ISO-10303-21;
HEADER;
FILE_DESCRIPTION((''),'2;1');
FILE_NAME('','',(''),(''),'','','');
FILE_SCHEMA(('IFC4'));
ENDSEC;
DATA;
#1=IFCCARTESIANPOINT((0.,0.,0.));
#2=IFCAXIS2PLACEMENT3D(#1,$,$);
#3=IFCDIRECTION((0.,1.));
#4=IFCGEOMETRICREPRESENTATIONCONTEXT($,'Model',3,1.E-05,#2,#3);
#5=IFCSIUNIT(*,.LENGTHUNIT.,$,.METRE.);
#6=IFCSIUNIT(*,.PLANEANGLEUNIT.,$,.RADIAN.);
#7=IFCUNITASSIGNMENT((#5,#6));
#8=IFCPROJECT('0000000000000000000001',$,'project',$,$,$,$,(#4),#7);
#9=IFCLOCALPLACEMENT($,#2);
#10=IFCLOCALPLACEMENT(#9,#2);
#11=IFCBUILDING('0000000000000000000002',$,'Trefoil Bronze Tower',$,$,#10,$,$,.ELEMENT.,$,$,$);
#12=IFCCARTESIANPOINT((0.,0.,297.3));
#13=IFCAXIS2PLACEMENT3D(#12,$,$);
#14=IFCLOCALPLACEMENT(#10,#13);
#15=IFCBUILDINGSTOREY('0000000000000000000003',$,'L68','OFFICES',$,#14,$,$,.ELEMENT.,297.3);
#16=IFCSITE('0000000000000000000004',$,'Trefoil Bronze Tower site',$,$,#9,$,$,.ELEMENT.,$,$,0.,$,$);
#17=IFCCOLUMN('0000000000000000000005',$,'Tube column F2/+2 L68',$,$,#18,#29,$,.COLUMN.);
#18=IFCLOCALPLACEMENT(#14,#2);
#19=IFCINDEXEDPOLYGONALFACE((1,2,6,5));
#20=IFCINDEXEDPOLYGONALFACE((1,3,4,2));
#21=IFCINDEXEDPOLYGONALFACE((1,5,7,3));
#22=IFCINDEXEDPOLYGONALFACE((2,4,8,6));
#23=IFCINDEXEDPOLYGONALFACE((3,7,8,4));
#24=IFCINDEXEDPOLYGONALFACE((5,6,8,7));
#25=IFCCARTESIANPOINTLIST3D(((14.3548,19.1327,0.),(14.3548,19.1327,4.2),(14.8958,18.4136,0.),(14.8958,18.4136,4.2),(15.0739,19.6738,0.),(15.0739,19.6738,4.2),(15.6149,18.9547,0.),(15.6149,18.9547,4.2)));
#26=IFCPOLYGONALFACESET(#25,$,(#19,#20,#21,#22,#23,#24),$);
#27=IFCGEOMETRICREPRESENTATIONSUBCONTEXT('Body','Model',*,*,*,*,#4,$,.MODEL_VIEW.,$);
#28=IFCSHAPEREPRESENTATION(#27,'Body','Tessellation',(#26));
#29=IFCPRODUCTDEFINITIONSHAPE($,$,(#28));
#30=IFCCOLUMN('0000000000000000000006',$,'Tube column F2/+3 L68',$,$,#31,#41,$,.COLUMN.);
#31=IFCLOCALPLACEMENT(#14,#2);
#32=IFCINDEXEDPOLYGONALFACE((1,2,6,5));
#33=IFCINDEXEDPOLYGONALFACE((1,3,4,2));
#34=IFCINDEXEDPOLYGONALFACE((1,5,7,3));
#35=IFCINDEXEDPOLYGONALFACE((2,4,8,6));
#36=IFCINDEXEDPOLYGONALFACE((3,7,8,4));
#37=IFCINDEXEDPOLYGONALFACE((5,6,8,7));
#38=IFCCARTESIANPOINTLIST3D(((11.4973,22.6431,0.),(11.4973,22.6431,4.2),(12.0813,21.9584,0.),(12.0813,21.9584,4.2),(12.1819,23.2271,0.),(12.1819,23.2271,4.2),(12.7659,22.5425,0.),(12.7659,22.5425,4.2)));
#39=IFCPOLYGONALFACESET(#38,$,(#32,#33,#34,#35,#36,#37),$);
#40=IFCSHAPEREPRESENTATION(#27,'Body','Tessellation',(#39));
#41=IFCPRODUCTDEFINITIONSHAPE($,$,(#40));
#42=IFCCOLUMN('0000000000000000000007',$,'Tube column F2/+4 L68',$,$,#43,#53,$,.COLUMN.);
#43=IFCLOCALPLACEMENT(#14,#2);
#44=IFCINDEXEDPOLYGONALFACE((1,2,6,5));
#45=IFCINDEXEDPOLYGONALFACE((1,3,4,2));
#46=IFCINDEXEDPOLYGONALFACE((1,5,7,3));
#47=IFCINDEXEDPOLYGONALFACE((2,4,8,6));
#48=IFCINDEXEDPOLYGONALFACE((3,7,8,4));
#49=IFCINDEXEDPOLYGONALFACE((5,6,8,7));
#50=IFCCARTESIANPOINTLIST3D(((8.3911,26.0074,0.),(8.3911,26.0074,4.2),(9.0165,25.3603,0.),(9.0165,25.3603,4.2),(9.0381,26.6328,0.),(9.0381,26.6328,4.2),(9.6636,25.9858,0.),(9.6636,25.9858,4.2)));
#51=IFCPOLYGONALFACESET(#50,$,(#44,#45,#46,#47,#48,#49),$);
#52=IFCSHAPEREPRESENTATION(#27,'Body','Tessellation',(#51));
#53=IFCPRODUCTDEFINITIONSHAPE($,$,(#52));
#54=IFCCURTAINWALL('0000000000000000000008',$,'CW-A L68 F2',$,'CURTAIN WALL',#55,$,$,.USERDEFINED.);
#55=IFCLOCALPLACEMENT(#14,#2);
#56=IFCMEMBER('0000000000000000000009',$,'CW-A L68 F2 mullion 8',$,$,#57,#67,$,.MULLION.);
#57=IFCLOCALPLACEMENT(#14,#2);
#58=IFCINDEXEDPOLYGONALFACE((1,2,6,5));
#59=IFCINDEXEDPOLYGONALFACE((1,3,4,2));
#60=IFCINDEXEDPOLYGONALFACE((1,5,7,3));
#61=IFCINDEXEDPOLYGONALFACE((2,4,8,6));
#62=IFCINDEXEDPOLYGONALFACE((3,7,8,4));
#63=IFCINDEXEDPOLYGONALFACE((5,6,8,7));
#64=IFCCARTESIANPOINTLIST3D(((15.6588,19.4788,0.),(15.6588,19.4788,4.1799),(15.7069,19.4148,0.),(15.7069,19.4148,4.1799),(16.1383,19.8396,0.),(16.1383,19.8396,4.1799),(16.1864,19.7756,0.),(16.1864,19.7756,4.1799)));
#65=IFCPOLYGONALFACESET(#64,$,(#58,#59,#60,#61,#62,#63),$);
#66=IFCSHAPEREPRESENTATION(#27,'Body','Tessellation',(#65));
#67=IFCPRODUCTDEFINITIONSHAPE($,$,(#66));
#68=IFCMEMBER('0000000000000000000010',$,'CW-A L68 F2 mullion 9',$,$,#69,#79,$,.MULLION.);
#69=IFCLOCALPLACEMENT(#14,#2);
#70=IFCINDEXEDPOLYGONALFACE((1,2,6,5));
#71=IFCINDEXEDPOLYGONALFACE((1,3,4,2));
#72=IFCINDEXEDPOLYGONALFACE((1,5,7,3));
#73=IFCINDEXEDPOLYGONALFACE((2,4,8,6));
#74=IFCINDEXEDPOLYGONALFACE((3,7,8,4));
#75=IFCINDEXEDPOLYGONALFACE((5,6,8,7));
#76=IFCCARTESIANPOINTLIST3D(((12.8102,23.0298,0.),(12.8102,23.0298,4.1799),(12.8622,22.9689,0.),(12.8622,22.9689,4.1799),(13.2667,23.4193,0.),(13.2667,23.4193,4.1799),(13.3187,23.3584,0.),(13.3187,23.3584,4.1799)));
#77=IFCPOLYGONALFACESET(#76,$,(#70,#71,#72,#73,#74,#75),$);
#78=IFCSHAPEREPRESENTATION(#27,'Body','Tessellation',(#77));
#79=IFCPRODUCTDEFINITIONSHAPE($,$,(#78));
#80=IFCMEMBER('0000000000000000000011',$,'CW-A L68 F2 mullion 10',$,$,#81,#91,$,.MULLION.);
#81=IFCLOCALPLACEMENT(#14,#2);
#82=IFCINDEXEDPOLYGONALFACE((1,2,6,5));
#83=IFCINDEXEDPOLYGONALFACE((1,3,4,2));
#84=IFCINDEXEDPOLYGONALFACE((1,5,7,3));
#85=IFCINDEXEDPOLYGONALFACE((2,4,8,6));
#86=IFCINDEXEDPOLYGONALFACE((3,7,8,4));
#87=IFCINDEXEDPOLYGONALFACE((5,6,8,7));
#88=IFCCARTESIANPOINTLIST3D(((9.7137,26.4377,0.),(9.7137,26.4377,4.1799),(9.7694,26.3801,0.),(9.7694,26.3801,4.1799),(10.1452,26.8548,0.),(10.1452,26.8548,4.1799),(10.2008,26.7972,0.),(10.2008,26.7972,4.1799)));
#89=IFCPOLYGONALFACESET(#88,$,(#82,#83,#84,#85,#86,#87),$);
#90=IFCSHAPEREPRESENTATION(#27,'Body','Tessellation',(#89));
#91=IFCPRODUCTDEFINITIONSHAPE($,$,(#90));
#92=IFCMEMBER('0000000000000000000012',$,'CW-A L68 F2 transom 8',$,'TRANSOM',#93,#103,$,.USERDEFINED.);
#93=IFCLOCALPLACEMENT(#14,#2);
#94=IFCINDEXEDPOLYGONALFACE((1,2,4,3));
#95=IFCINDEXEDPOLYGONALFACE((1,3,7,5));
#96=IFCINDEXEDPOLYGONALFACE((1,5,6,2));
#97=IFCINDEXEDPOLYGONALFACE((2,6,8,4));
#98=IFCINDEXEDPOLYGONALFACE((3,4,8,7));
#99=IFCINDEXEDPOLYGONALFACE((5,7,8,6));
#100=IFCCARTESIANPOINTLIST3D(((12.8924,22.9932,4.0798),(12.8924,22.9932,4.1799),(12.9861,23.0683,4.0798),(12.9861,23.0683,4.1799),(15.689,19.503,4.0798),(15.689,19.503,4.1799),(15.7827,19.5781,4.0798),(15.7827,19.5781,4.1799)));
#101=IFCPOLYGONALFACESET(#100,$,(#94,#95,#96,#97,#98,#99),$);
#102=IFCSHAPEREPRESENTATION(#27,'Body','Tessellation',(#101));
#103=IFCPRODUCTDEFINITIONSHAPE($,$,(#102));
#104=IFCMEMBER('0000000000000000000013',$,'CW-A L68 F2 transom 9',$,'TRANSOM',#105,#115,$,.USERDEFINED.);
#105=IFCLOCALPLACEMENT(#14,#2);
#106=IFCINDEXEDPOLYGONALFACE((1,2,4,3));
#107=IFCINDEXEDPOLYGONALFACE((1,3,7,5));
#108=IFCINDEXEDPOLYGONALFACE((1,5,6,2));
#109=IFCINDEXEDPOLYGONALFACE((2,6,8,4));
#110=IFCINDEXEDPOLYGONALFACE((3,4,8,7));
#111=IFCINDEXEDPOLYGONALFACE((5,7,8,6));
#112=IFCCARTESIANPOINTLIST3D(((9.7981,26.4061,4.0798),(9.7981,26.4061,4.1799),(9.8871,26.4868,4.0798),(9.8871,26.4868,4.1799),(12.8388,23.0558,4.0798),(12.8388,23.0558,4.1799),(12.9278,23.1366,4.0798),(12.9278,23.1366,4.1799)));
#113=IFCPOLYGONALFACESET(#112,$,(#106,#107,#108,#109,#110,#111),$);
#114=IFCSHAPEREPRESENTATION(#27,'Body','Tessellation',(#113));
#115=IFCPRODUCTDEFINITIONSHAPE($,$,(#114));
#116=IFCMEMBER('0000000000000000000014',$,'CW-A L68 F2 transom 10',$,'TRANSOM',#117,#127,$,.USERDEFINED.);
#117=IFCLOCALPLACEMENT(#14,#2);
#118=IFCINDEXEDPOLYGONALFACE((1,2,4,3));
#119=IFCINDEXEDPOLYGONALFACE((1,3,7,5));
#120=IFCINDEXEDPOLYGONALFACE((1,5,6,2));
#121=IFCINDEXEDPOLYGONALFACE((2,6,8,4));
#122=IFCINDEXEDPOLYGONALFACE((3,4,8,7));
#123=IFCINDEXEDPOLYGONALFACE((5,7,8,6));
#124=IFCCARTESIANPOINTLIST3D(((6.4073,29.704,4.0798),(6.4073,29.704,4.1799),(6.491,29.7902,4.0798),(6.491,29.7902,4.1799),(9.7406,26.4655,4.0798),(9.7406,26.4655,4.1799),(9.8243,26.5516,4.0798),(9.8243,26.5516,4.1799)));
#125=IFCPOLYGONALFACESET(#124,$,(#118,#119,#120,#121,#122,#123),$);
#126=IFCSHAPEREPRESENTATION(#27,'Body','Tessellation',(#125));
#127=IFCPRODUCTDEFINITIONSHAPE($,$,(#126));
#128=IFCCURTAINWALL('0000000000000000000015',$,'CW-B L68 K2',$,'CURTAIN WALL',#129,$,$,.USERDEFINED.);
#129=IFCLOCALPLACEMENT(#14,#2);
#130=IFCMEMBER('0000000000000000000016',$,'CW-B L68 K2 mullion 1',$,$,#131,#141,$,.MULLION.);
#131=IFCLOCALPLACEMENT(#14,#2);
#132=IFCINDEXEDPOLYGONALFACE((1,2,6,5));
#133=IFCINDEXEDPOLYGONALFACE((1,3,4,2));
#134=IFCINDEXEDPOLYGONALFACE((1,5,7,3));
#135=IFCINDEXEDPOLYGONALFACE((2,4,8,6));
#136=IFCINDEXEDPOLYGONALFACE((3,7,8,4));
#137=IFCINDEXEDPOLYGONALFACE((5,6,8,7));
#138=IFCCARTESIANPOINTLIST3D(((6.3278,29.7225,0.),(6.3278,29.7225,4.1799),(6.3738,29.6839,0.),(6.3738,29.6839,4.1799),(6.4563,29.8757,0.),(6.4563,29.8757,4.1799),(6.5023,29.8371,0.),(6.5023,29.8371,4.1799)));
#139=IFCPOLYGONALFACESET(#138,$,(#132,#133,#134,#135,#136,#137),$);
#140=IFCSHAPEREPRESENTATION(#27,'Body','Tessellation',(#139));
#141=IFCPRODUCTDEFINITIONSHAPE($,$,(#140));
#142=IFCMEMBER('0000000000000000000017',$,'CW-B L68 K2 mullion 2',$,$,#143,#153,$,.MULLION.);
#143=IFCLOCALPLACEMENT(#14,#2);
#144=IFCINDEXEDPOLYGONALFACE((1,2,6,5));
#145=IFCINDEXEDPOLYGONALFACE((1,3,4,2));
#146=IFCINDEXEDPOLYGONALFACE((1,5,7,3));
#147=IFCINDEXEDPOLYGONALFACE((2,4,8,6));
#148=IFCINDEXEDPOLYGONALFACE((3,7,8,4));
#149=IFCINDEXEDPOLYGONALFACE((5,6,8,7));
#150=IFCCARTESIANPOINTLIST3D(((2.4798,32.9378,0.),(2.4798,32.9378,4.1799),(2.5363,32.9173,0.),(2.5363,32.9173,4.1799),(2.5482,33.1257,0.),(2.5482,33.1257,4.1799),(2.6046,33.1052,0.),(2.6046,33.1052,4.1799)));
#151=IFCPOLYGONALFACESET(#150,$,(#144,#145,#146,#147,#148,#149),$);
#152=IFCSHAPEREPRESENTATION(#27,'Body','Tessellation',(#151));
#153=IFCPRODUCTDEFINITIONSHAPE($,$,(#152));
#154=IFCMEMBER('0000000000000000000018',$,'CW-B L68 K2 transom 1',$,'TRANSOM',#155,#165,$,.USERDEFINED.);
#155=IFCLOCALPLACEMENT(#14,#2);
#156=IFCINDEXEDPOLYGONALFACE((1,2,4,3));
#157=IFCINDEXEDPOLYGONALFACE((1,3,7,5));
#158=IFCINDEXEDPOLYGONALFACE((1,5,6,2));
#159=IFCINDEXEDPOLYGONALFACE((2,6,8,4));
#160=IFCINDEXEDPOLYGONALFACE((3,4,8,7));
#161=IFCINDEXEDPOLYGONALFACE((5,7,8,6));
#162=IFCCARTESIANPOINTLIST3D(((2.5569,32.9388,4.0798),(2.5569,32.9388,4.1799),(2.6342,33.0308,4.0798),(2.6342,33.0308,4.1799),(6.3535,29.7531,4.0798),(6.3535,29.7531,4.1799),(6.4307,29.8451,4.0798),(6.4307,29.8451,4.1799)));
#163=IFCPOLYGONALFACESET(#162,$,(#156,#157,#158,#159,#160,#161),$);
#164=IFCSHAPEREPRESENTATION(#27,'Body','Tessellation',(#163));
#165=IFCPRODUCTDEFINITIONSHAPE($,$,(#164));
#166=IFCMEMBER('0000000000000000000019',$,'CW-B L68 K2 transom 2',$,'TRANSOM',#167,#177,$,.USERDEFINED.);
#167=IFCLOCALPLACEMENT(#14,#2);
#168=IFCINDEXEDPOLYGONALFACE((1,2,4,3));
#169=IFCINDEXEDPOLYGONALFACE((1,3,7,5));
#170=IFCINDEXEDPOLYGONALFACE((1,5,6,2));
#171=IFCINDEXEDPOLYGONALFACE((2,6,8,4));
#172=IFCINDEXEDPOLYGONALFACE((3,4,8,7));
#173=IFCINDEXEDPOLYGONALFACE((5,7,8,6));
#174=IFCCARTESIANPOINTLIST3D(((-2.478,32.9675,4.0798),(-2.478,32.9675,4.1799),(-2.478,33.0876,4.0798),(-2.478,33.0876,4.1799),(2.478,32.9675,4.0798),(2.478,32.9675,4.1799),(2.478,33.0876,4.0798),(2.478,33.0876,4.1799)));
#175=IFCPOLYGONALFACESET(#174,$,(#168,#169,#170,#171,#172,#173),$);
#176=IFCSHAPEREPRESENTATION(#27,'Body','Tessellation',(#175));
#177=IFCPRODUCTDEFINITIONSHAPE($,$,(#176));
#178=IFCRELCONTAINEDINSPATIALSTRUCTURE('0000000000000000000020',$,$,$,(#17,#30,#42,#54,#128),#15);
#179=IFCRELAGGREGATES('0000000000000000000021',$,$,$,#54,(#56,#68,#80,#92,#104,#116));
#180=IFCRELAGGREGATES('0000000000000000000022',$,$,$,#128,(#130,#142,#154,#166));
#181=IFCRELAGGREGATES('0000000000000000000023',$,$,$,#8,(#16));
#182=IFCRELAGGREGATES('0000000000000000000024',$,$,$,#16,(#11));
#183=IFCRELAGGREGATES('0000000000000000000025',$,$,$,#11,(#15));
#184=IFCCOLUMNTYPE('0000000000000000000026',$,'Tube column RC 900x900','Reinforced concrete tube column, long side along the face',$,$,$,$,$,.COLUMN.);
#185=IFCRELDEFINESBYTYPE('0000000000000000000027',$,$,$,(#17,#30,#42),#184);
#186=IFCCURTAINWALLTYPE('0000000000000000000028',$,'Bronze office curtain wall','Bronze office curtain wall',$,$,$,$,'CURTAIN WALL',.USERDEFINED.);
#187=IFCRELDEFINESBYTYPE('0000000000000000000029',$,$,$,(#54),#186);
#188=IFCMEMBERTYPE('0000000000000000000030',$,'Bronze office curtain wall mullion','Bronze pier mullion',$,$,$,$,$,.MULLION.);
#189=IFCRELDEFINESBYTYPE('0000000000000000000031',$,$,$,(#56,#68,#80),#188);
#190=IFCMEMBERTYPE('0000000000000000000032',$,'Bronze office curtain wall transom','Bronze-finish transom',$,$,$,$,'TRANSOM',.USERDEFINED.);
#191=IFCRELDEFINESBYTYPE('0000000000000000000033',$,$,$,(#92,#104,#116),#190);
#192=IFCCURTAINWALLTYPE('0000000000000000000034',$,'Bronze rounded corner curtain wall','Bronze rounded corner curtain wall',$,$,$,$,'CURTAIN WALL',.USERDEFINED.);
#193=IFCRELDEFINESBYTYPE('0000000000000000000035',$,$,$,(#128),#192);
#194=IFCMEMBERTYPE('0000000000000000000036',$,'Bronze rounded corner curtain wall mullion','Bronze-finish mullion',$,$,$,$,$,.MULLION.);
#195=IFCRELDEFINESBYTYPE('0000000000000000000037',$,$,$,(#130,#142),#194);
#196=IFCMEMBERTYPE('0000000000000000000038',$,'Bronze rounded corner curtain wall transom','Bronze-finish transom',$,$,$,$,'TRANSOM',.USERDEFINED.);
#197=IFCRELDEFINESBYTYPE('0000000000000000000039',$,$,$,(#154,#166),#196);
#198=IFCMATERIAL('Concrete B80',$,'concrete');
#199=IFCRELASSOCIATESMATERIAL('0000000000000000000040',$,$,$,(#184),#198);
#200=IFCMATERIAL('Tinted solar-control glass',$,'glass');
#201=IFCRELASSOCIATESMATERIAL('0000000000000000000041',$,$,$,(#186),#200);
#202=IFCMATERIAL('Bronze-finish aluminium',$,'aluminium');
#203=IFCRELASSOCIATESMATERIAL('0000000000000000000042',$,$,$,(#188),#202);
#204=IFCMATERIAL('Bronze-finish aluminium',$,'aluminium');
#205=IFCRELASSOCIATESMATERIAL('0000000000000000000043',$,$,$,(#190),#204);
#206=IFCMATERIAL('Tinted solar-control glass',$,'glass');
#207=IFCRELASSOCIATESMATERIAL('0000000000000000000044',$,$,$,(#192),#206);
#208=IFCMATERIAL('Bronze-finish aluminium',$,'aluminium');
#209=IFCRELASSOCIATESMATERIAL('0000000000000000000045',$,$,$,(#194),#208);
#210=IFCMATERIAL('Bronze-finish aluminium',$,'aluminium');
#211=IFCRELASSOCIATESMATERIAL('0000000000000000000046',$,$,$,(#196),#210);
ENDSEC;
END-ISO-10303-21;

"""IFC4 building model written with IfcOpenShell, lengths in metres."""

from ifc_helpers import new_model, si_unit, direction, frame, origin, origin_2d, place, context, subcontext, project, spatial, rectangle, extrude, material, material_profile, profile_set, type_object, element, aggregate, save


model = new_model("IFC4")

# Units and contexts
model_context = context("Model", 3, precision=1e-05, world=origin(), true_north=direction((0.0, 1.0)))
body_context = subcontext(model_context, "Body", "Model", "MODEL_VIEW")
ifc_project = project(units=[si_unit("LENGTHUNIT", "METRE"), si_unit("PLANEANGLEUNIT", "RADIAN")], contexts=[model_context])

# Site, building, storey
site_placement = place(None, origin())
site = spatial("IfcSite", under=ifc_project, at=site_placement, Name="Trefoil Bronze Tower site", CompositionType="ELEMENT", RefElevation=0.0)
building_placement = place(site_placement, origin())
building = spatial("IfcBuilding", under=site, at=building_placement, Name="Trefoil Bronze Tower", CompositionType="ELEMENT")
storey_placement = place(building_placement, frame((0.0, 0.0, 297.3)))
storey = spatial("IfcBuildingStorey", under=building, at=storey_placement, Name="L68", Description="OFFICES", CompositionType="ELEMENT", Elevation=297.3)

# Columns
ifc_material_1 = material(Name="Concrete B80", Category="concrete")
ifc_material_profile_1 = material_profile(ifc_material_1, rectangle(XDim=0.8999, YDim=0.8999, at=origin_2d()), Name="RC 900x900")
ifc_profile_set_1 = profile_set([ifc_material_profile_1], Name="Concrete B80")
column_type = type_object("IfcColumnType", Name="Tube column RC 900x900", Description="Reinforced concrete tube column, long side along the face", PredefinedType="COLUMN", material=ifc_profile_set_1)
for number, where, z_axis, x_axis, name in (
    (1, (14.9849, 19.0437, 0.0), (0.0, 0.0, 1.0), (-0.601203, 0.799096, 0.0), "Tube column F2/+2 L68"),
    (2, (12.1316, 22.5928, 0.0), (0.0, 0.0, 1.0), (-0.649008, 0.760781, 0.0), "Tube column F2/+3 L68"),
    (3, (9.0273, 25.9966, 0.0), (0.0, 0.0, 1.0), (-0.695009, 0.719001, 0.0), "Tube column F2/+4 L68"),
):
    element("IfcColumn", number, at=place(storey_placement, frame(where, z_axis=z_axis, x_axis=x_axis)), inside=storey, type_object=column_type, Name=name, PredefinedType="COLUMN", context=body_context, shape_type="SweptSolid", body=[
        extrude(rectangle(XDim=0.8999, YDim=0.8999, at=origin_2d()), origin(), (0.0, 0.0, 1.0), 4.2),
    ])

# Curtain walls, members
ifc_material_2 = material(Name="Tinted solar-control glass", Category="glass")
curtain_wall_type_1 = type_object("IfcCurtainWallType", Name="Bronze office curtain wall", Description="Bronze office curtain wall", ElementType="CURTAIN WALL", PredefinedType="USERDEFINED", material=ifc_material_2)
curtain_wall_1_placement = place(storey_placement, origin())
curtain_wall_1 = element("IfcCurtainWall", 4, at=curtain_wall_1_placement, inside=storey, type_object=curtain_wall_type_1, Name="CW-A L68 F2", ObjectType="CURTAIN WALL", PredefinedType="USERDEFINED")
ifc_material_3 = material(Name="Bronze-finish aluminium", Category="aluminium")
ifc_material_profile_2 = material_profile(ifc_material_3, rectangle(XDim=0.6001, YDim=0.0801, at=origin_2d()), Name="CW-A mullion")
ifc_profile_set_2 = profile_set([ifc_material_profile_2], Name="Bronze-finish aluminium")
member_type_1 = type_object("IfcMemberType", Name="Bronze office curtain wall mullion", Description="Bronze pier mullion", PredefinedType="MULLION", material=ifc_profile_set_2)
member_1_placement = place(storey_placement, frame((15.9226, 19.6272, 0.0), z_axis=(0.0, 0.0, 1.0), x_axis=(-0.799096, -0.601203, 0.0)))
member_1 = element("IfcMember", 5, at=member_1_placement, type_object=member_type_1, Name="CW-A L68 F2 mullion 8", PredefinedType="MULLION", context=body_context, shape_type="SweptSolid", body=[
    extrude(rectangle(XDim=0.6001, YDim=0.0801, at=origin_2d()), origin(), (0.0, 0.0, 1.0), 4.1799),
])
member_2_placement = place(storey_placement, frame((13.0645, 23.1941, 0.0), z_axis=(0.0, 0.0, 1.0), x_axis=(-0.760781, -0.649008, 0.0)))
member_2 = element("IfcMember", 6, at=member_2_placement, type_object=member_type_1, Name="CW-A L68 F2 mullion 9", PredefinedType="MULLION", context=body_context, shape_type="SweptSolid", body=[
    extrude(rectangle(XDim=0.6001, YDim=0.0801, at=origin_2d()), origin(), (0.0, 0.0, 1.0), 4.1799),
])
member_3_placement = place(storey_placement, frame((9.9573, 26.6174, 0.0), z_axis=(0.0, 0.0, 1.0), x_axis=(-0.719001, -0.695009, 0.0)))
member_3 = element("IfcMember", 7, at=member_3_placement, type_object=member_type_1, Name="CW-A L68 F2 mullion 10", PredefinedType="MULLION", context=body_context, shape_type="SweptSolid", body=[
    extrude(rectangle(XDim=0.6001, YDim=0.0801, at=origin_2d()), origin(), (0.0, 0.0, 1.0), 4.1799),
])
ifc_material_4 = material(Name="Bronze-finish aluminium", Category="aluminium")
ifc_material_profile_3 = material_profile(ifc_material_4, rectangle(XDim=0.1201, YDim=0.1001, at=origin_2d()), Name="CW-A transom")
ifc_profile_set_3 = profile_set([ifc_material_profile_3], Name="Bronze-finish aluminium")
member_type_2 = type_object("IfcMemberType", Name="Bronze office curtain wall transom", Description="Bronze-finish transom", ElementType="TRANSOM", PredefinedType="USERDEFINED", material=ifc_profile_set_3)
member_4_placement = place(storey_placement, frame((15.7358, 19.5405, 4.1299), z_axis=(-0.625301, 0.780384, 0.0), x_axis=(-0.780384, -0.625301, 0.0)))
member_4 = element("IfcMember", 8, at=member_4_placement, type_object=member_type_2, Name="CW-A L68 F2 transom 8", ObjectType="TRANSOM", PredefinedType="USERDEFINED", context=body_context, shape_type="SweptSolid", body=[
    extrude(rectangle(XDim=0.1201, YDim=0.1001, at=origin_2d()), origin(), (0.0, 0.0, 1.0), 4.4724),
])
member_5_placement = place(storey_placement, frame((12.8833, 23.0962, 4.1299), z_axis=(-0.672068, 0.740489, 0.0), x_axis=(-0.740489, -0.672068, 0.0)))
member_5 = element("IfcMember", 9, at=member_5_placement, type_object=member_type_2, Name="CW-A L68 F2 transom 9", ObjectType="TRANSOM", PredefinedType="USERDEFINED", context=body_context, shape_type="SweptSolid", body=[
    extrude(rectangle(XDim=0.1201, YDim=0.1001, at=origin_2d()), origin(), (0.0, 0.0, 1.0), 4.5244),
])
member_6_placement = place(storey_placement, frame((9.7825, 26.5085, 4.1299), z_axis=(-0.717225, 0.696842, 0.0), x_axis=(-0.696842, -0.717225, 0.0)))
member_6 = element("IfcMember", 10, at=member_6_placement, type_object=member_type_2, Name="CW-A L68 F2 transom 10", ObjectType="TRANSOM", PredefinedType="USERDEFINED", context=body_context, shape_type="SweptSolid", body=[
    extrude(rectangle(XDim=0.1201, YDim=0.1001, at=origin_2d()), origin(), (0.0, 0.0, 1.0), 4.6475),
])
ifc_material_5 = material(Name="Tinted solar-control glass", Category="glass")
curtain_wall_type_2 = type_object("IfcCurtainWallType", Name="Bronze rounded corner curtain wall", Description="Bronze rounded corner curtain wall", ElementType="CURTAIN WALL", PredefinedType="USERDEFINED", material=ifc_material_5)
curtain_wall_2_placement = place(storey_placement, origin())
curtain_wall_2 = element("IfcCurtainWall", 11, at=curtain_wall_2_placement, inside=storey, type_object=curtain_wall_type_2, Name="CW-B L68 K2", ObjectType="CURTAIN WALL", PredefinedType="USERDEFINED")
ifc_material_6 = material(Name="Bronze-finish aluminium", Category="aluminium")
ifc_material_profile_4 = material_profile(ifc_material_6, rectangle(XDim=0.2, YDim=0.0601, at=origin_2d()), Name="CW-B mullion")
ifc_profile_set_4 = profile_set([ifc_material_profile_4], Name="Bronze-finish aluminium")
member_type_3 = type_object("IfcMemberType", Name="Bronze rounded corner curtain wall mullion", Description="Bronze-finish mullion", PredefinedType="MULLION", material=ifc_profile_set_4)
member_7_placement = place(storey_placement, frame((6.415, 29.7798, 0.0), z_axis=(0.0, 0.0, 1.0), x_axis=(-0.642788, -0.766044, 0.0)))
member_7 = element("IfcMember", 12, at=member_7_placement, type_object=member_type_3, Name="CW-B L68 K2 mullion 1", PredefinedType="MULLION", context=body_context, shape_type="SweptSolid", body=[
    extrude(rectangle(XDim=0.2, YDim=0.0601, at=origin_2d()), origin(), (0.0, 0.0, 1.0), 4.1799),
])
member_8_placement = place(storey_placement, frame((2.5422, 33.0215, 0.0), z_axis=(0.0, 0.0, 1.0), x_axis=(-0.34202, -0.939693, 0.0)))
member_8 = element("IfcMember", 13, at=member_8_placement, type_object=member_type_3, Name="CW-B L68 K2 mullion 2", PredefinedType="MULLION", context=body_context, shape_type="SweptSolid", body=[
    extrude(rectangle(XDim=0.2, YDim=0.0601, at=origin_2d()), origin(), (0.0, 0.0, 1.0), 4.1799),
])
ifc_material_7 = material(Name="Bronze-finish aluminium", Category="aluminium")
ifc_material_profile_5 = material_profile(ifc_material_7, rectangle(XDim=0.1201, YDim=0.1001, at=origin_2d()), Name="CW-B transom")
ifc_profile_set_5 = profile_set([ifc_material_profile_5], Name="Bronze-finish aluminium")
member_type_4 = type_object("IfcMemberType", Name="Bronze rounded corner curtain wall transom", Description="Bronze-finish transom", ElementType="TRANSOM", PredefinedType="USERDEFINED", material=ifc_profile_set_5)
member_9_placement = place(storey_placement, frame((6.3921, 29.7991, 4.1299), z_axis=(-0.766041, 0.642792, 0.0), x_axis=(-0.642792, -0.766041, 0.0)))
member_9 = element("IfcMember", 14, at=member_9_placement, type_object=member_type_4, Name="CW-B L68 K2 transom 1", ObjectType="TRANSOM", PredefinedType="USERDEFINED", context=body_context, shape_type="SweptSolid", body=[
    extrude(rectangle(XDim=0.1201, YDim=0.1001, at=origin_2d()), origin(), (0.0, 0.0, 1.0), 4.9561),
])
member_10_placement = place(storey_placement, frame((2.478, 33.0276, 4.1299), z_axis=(-1.0, 0.0, 0.0), x_axis=(0.0, -1.0, 0.0)))
member_10 = element("IfcMember", 15, at=member_10_placement, type_object=member_type_4, Name="CW-B L68 K2 transom 2", ObjectType="TRANSOM", PredefinedType="USERDEFINED", context=body_context, shape_type="SweptSolid", body=[
    extrude(rectangle(XDim=0.1201, YDim=0.1001, at=origin_2d()), origin(), (0.0, 0.0, 1.0), 4.9561),
])

aggregate(curtain_wall_1, [member_1, member_2, member_3, member_4, member_5, member_6])
aggregate(curtain_wall_2, [member_7, member_8, member_9, member_10])

save(model, "model.ifc")
